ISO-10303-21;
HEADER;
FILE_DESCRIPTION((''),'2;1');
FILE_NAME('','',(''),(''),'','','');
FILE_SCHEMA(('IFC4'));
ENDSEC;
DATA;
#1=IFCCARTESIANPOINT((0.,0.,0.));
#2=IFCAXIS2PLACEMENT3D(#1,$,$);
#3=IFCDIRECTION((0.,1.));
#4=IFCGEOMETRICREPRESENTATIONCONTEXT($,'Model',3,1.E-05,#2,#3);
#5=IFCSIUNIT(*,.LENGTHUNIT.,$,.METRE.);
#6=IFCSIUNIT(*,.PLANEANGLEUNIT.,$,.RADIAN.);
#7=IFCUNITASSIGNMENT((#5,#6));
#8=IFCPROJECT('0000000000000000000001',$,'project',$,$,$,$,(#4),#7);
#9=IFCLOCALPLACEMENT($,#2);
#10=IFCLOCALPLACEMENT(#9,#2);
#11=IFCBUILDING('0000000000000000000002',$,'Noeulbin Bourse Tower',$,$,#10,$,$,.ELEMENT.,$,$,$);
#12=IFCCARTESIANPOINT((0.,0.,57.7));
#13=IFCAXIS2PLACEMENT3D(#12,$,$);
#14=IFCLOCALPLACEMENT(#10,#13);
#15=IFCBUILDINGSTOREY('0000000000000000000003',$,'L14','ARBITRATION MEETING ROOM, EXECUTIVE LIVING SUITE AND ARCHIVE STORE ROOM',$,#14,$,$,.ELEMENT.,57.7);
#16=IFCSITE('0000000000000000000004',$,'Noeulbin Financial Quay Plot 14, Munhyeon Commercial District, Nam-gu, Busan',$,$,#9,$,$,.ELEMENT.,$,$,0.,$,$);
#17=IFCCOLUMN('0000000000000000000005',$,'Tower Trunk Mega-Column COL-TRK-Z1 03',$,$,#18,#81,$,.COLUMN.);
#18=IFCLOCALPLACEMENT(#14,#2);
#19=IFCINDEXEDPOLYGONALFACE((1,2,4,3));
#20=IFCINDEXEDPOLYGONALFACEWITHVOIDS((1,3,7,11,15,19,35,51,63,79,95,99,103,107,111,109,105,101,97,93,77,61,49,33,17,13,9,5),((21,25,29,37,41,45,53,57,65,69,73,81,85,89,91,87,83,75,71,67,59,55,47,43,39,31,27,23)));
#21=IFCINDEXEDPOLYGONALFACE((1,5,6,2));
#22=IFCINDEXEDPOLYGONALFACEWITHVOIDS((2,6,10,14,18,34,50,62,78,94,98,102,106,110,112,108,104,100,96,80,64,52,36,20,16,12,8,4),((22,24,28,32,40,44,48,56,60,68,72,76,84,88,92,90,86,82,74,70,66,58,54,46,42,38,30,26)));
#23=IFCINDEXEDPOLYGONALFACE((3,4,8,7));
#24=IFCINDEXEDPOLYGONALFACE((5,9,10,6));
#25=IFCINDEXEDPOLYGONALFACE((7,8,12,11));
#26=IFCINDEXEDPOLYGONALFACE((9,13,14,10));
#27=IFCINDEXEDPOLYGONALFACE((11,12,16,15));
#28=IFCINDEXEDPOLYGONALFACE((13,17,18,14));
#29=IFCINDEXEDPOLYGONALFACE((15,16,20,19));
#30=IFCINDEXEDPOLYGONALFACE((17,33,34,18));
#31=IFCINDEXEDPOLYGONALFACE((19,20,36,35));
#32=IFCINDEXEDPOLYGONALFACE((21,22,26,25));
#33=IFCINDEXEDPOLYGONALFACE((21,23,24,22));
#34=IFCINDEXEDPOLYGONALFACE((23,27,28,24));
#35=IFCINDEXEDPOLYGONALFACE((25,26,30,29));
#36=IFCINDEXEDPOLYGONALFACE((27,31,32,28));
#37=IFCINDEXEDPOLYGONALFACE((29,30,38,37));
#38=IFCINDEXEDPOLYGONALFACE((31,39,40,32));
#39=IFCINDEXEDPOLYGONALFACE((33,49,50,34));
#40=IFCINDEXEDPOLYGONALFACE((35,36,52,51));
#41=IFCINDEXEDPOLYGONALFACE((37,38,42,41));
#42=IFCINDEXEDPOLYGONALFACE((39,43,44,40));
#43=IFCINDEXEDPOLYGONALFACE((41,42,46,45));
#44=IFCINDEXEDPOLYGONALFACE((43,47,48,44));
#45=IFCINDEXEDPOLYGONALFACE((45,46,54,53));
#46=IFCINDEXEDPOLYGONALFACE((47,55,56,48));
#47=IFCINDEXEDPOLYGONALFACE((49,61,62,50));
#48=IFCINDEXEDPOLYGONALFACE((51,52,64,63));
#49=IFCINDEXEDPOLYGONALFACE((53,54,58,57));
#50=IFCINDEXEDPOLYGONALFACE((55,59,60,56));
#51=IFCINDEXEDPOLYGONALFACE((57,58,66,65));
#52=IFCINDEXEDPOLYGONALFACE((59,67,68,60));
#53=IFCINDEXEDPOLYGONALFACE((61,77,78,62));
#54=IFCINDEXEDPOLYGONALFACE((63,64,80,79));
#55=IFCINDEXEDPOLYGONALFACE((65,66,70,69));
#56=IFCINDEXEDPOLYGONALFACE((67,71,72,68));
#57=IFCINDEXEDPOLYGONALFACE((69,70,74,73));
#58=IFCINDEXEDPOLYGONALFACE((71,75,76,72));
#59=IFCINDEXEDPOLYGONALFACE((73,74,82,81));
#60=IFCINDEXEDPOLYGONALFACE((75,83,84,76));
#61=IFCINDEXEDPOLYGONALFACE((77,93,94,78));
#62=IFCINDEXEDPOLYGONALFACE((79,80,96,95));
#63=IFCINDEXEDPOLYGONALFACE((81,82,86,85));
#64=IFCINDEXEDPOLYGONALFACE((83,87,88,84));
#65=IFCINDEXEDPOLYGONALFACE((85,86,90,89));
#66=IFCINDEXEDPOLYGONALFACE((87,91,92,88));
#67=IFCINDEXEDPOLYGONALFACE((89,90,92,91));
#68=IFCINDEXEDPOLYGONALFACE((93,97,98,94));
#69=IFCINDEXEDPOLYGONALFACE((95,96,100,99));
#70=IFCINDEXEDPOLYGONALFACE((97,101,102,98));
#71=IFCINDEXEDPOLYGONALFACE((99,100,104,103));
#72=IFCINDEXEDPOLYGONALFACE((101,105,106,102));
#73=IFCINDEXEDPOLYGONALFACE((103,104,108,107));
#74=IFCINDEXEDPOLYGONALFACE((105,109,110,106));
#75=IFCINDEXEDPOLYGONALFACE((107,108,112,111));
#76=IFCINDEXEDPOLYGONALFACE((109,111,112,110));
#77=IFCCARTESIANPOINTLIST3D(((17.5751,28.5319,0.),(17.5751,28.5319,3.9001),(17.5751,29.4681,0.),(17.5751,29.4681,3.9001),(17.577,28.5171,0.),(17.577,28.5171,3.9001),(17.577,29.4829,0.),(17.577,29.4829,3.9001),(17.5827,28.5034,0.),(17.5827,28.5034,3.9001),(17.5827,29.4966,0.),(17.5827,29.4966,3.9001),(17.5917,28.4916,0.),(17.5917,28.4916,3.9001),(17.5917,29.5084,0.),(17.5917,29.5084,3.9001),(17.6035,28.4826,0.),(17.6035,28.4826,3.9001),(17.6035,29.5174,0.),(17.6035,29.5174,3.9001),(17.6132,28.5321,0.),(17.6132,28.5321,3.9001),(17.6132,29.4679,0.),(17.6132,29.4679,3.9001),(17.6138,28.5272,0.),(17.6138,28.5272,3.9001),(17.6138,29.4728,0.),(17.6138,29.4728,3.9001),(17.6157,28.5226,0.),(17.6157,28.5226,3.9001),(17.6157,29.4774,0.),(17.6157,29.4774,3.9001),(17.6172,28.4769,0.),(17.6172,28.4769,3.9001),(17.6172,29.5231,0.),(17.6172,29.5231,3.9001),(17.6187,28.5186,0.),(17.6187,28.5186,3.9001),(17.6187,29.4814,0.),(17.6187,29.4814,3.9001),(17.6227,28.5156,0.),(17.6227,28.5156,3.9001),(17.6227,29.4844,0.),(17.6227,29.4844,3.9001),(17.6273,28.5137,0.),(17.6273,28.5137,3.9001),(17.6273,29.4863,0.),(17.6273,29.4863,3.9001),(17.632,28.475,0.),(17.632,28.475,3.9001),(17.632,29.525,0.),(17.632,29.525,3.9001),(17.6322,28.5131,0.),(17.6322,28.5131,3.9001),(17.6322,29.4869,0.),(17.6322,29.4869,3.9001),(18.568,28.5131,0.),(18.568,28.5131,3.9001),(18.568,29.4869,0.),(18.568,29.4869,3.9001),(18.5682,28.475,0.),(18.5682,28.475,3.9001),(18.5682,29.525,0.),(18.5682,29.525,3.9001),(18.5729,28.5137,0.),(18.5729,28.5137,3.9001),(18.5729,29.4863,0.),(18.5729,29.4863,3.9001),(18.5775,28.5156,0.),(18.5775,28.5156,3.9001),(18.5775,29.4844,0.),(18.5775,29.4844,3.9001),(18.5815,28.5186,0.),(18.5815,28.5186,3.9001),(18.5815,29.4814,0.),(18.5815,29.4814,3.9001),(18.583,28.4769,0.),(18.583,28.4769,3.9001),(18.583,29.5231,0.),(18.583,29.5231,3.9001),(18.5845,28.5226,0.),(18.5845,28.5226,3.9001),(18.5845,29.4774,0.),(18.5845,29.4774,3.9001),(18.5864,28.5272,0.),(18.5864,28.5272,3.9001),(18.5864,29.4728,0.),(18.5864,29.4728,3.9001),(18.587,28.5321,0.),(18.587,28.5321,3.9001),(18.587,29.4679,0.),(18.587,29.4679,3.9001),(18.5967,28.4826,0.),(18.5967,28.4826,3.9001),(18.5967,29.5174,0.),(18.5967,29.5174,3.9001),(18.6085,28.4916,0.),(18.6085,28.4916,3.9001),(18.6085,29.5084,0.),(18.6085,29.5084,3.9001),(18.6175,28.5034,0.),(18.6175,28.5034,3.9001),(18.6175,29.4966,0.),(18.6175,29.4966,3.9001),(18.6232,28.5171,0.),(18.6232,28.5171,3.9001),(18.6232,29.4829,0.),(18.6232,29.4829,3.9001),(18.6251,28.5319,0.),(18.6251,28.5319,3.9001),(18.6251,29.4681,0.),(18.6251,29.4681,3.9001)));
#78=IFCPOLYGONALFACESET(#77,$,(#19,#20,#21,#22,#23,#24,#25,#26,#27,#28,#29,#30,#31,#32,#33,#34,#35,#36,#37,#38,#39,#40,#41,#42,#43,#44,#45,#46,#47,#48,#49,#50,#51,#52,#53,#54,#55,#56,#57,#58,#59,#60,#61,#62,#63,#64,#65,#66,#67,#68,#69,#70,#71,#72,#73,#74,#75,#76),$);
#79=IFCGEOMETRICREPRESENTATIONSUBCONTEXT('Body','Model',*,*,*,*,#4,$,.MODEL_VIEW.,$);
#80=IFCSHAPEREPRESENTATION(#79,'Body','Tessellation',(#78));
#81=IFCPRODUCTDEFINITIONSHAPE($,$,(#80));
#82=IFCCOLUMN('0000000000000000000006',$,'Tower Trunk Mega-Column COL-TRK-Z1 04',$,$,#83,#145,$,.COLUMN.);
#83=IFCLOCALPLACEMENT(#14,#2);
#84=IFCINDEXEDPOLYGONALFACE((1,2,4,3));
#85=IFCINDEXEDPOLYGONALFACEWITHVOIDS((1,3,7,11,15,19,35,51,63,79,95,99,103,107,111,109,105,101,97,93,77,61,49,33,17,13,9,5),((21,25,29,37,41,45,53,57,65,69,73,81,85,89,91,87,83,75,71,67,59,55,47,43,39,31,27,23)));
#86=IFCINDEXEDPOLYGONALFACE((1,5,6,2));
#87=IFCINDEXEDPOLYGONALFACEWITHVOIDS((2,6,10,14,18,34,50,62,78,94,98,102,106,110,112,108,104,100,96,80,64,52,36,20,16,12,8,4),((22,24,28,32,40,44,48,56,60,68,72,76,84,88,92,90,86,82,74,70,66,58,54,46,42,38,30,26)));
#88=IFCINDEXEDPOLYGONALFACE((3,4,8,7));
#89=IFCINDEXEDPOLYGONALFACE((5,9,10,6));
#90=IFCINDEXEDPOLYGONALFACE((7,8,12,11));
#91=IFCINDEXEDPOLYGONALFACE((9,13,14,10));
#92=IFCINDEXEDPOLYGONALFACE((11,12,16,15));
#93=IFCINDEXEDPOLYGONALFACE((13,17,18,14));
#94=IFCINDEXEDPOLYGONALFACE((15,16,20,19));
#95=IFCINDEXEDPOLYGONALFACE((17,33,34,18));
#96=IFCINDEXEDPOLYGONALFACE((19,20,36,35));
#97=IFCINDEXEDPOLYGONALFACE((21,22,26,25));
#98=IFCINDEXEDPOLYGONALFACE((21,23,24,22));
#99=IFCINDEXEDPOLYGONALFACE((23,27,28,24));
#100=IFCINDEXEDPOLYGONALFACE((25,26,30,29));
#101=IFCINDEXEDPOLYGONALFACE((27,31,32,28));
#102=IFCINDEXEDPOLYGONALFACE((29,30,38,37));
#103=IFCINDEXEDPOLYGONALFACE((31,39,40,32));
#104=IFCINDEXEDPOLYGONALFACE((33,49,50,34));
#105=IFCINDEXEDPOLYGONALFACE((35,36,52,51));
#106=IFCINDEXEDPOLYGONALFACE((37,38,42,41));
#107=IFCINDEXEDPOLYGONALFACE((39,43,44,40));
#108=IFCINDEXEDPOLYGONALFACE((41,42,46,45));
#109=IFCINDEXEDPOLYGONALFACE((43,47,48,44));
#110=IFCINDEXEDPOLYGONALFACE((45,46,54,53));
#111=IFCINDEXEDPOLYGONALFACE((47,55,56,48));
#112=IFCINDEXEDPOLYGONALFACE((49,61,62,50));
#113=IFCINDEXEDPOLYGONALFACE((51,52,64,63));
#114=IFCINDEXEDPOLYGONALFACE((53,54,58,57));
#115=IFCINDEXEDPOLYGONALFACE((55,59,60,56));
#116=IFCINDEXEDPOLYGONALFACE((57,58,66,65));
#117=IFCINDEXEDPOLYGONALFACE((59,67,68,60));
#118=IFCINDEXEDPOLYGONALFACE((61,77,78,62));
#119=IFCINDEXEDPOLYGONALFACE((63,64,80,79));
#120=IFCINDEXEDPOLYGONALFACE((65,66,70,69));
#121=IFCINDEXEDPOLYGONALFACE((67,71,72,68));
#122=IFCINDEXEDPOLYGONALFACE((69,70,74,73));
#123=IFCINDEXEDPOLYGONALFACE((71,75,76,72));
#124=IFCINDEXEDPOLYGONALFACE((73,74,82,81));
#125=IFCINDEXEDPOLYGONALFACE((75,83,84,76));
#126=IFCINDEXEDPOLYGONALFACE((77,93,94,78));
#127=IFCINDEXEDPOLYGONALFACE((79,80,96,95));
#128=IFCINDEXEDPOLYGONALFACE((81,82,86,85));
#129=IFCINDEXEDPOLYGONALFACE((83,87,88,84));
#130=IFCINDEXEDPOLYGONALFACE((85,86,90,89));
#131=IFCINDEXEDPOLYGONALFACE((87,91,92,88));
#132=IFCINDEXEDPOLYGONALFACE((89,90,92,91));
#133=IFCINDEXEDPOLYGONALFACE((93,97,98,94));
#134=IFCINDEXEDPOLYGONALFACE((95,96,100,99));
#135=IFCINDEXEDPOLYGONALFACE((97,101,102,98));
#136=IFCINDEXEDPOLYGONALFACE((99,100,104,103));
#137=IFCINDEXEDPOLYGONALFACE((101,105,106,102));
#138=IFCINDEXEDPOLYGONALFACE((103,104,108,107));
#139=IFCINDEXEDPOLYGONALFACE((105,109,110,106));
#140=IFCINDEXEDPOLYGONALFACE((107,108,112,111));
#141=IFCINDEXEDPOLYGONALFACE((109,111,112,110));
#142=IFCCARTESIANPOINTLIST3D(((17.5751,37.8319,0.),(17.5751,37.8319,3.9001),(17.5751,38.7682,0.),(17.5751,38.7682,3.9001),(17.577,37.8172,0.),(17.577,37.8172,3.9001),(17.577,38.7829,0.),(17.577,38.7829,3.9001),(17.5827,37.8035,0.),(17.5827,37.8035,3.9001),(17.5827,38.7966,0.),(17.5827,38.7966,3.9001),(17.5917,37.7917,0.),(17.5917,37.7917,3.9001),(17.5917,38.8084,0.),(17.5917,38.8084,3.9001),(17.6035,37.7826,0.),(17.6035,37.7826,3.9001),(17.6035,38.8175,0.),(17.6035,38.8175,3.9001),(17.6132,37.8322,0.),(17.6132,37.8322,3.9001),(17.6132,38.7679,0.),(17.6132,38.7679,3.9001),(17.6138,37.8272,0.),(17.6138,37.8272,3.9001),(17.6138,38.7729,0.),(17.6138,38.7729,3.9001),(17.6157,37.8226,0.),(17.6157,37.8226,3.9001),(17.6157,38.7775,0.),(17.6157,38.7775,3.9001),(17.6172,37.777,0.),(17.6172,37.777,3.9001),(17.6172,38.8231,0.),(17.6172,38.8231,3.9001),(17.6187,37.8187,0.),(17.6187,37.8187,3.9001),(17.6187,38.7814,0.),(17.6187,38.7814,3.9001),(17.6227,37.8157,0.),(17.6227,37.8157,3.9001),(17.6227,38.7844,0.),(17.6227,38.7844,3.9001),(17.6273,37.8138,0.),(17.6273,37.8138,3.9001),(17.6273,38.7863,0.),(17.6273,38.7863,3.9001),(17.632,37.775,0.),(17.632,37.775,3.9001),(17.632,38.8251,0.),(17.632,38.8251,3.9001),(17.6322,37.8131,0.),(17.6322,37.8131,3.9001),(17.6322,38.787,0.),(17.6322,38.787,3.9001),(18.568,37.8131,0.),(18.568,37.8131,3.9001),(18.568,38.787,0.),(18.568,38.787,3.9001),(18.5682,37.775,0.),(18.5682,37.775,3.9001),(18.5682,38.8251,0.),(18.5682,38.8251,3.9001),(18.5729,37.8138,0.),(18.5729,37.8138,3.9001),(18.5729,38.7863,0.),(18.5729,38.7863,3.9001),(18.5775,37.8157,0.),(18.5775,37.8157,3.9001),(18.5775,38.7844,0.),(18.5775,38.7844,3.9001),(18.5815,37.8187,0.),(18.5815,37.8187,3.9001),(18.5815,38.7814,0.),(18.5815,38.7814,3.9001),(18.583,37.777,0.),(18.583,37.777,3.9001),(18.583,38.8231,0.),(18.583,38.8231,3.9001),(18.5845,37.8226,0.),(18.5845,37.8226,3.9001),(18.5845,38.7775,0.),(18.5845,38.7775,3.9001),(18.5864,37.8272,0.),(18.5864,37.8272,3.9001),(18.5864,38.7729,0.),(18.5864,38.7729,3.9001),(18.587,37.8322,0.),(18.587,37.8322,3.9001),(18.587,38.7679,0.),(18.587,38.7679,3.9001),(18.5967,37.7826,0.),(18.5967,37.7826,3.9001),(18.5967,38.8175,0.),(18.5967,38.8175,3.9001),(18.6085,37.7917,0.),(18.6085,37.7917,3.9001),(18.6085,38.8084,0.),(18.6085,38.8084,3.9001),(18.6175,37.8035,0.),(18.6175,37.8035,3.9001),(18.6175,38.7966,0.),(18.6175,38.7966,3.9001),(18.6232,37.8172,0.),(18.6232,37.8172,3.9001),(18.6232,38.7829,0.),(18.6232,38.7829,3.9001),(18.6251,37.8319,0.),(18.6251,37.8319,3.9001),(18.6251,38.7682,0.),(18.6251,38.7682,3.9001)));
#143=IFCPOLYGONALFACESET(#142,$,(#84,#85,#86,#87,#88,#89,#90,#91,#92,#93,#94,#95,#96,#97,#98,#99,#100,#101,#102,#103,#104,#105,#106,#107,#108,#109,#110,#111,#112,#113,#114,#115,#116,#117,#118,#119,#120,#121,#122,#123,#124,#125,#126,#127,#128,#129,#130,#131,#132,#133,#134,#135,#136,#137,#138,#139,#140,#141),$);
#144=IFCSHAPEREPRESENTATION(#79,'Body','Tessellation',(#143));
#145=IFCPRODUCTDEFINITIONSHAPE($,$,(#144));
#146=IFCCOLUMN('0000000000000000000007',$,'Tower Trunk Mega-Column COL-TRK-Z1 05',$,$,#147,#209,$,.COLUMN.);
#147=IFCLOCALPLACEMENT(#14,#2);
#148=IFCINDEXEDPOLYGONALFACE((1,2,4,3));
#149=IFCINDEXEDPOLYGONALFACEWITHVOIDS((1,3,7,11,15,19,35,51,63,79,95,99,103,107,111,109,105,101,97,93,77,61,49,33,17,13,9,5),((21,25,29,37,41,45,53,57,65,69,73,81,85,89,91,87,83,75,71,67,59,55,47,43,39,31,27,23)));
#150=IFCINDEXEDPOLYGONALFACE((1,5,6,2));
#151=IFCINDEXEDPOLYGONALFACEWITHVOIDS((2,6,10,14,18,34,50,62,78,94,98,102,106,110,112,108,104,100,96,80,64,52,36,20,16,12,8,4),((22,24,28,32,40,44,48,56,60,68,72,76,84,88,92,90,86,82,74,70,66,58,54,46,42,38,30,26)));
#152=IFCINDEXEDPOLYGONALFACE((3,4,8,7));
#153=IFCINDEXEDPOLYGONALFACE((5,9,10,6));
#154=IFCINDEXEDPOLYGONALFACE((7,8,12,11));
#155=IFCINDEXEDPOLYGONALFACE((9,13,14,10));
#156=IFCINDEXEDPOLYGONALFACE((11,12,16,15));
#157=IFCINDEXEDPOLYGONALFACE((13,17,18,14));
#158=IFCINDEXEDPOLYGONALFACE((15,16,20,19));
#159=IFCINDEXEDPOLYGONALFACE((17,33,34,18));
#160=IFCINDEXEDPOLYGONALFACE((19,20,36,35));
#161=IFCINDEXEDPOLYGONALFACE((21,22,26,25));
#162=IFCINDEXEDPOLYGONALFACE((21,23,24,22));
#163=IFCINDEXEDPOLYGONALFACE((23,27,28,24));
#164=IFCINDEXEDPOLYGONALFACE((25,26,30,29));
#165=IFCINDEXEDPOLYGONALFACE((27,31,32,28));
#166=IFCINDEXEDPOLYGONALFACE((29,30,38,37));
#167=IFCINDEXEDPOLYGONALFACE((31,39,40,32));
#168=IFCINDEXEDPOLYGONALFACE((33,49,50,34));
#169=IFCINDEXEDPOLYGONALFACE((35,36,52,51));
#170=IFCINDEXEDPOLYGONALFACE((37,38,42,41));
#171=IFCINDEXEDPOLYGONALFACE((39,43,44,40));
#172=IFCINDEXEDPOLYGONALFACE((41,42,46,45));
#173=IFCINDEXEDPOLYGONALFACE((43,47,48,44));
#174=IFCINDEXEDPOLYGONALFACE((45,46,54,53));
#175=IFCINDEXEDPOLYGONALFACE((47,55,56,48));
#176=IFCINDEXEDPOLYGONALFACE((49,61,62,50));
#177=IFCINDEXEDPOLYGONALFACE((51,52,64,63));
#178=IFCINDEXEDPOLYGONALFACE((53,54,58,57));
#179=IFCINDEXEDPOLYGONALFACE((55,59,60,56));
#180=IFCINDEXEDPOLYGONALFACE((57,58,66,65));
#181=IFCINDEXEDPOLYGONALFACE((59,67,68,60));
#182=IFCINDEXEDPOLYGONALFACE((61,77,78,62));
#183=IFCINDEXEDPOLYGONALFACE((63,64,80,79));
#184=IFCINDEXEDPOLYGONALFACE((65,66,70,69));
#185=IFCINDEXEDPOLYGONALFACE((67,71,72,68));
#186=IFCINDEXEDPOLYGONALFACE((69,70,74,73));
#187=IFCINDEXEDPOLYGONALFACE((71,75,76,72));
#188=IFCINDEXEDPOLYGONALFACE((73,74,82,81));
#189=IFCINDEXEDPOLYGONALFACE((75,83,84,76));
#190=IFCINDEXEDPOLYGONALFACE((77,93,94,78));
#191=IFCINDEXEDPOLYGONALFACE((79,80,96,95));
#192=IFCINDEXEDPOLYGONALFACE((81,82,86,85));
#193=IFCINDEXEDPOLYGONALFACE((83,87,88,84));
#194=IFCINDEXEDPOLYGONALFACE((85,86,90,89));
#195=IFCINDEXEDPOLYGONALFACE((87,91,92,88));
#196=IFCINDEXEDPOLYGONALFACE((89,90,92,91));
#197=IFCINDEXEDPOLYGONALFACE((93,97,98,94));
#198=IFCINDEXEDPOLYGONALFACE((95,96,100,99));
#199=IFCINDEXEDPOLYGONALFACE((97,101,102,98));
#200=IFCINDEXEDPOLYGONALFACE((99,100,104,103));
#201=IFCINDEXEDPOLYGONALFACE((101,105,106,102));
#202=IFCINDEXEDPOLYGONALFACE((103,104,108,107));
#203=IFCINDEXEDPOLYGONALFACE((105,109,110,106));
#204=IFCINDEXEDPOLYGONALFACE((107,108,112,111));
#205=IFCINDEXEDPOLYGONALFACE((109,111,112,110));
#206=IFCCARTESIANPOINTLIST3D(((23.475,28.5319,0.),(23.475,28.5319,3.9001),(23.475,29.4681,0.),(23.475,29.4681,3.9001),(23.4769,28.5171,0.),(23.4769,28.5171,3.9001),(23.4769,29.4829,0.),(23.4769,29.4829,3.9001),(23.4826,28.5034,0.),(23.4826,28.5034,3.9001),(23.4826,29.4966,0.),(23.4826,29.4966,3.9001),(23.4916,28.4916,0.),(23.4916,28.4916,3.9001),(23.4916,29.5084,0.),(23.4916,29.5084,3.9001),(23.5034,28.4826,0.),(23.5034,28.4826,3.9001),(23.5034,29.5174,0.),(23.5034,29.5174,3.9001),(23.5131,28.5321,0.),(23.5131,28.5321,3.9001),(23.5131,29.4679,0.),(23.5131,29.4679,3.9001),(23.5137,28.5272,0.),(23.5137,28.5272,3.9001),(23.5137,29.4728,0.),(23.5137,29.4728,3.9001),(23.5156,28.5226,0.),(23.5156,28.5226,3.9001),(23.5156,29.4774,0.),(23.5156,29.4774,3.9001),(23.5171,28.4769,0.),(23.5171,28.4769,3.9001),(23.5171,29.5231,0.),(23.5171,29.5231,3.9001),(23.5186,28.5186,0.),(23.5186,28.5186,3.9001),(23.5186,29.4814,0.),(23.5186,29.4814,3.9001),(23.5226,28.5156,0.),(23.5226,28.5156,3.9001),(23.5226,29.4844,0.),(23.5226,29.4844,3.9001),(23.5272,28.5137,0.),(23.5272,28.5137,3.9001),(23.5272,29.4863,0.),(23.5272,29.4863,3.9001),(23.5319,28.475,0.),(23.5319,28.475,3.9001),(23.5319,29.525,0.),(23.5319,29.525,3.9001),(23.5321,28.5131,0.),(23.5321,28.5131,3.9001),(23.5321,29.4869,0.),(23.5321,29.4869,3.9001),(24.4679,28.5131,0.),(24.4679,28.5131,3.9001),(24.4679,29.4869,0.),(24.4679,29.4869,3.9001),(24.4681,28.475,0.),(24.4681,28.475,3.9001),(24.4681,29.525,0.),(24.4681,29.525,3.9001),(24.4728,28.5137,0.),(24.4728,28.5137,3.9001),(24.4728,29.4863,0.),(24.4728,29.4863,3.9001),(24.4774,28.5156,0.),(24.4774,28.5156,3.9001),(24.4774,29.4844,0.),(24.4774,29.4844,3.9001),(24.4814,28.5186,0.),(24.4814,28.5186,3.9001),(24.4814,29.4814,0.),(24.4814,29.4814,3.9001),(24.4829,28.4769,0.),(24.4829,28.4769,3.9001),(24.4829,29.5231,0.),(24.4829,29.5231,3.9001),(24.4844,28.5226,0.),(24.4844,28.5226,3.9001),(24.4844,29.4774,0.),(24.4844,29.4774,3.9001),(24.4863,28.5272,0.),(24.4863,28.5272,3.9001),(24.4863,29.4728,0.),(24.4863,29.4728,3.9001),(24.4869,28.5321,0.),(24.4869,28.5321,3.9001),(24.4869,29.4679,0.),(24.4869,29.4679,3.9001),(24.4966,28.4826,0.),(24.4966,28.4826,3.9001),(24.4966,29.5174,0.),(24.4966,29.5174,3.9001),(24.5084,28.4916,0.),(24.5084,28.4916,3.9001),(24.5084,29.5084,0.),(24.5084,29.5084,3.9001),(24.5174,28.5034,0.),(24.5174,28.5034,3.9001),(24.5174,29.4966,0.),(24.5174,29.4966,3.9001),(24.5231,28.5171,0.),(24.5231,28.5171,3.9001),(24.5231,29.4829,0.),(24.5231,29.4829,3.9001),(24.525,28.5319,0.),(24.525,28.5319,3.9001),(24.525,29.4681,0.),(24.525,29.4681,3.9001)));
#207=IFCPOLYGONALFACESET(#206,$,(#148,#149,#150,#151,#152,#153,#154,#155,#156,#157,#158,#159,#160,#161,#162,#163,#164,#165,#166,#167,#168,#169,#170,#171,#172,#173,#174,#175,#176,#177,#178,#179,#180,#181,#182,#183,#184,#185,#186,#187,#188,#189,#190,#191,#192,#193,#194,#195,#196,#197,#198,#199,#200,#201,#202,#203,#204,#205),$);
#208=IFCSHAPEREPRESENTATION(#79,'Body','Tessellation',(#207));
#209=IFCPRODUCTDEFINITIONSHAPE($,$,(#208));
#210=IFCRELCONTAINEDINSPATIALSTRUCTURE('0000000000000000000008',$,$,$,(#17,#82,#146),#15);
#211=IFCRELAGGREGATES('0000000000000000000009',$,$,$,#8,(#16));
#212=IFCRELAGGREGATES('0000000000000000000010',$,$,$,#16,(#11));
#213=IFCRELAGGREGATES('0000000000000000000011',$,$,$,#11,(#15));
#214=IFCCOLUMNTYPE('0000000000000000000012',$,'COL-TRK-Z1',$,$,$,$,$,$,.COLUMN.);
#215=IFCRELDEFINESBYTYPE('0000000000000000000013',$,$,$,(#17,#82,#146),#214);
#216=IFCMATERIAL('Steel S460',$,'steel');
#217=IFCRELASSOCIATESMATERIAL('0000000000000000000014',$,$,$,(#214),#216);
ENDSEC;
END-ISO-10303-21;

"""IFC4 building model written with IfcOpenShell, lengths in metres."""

from ifc_helpers import new_model, si_unit, direction, frame, origin, origin_2d, place, context, subcontext, project, spatial, hollow_rectangle, extrude, material, material_profile, profile_set, type_object, element, save


model = new_model("IFC4")

# Units and contexts
model_context = context("Model", 3, precision=1e-05, world=origin(), true_north=direction((0.0, 1.0)))
body_context = subcontext(model_context, "Body", "Model", "MODEL_VIEW")
ifc_project = project(units=[si_unit("LENGTHUNIT", "METRE"), si_unit("PLANEANGLEUNIT", "RADIAN")], contexts=[model_context])

# Site, building, storey
site_placement = place(None, origin())
site = spatial("IfcSite", under=ifc_project, at=site_placement, Name="Noeulbin Financial Quay Plot 14, Munhyeon Commercial District, Nam-gu, Busan", CompositionType="ELEMENT", RefElevation=0.0)
building_placement = place(site_placement, origin())
building = spatial("IfcBuilding", under=site, at=building_placement, Name="Noeulbin Bourse Tower", CompositionType="ELEMENT")
storey_placement = place(building_placement, frame((0.0, 0.0, 57.7)))
storey = spatial("IfcBuildingStorey", under=building, at=storey_placement, Name="L14", Description="ARBITRATION MEETING ROOM, EXECUTIVE LIVING SUITE AND ARCHIVE STORE ROOM", CompositionType="ELEMENT", Elevation=57.7)

# Columns
ifc_material_1 = material(Name="Steel S460", Category="steel")
ifc_material_profile = material_profile(ifc_material_1, hollow_rectangle(XDim=1.05, YDim=1.05, WallThickness=0.0381, InnerFilletRadius=0.019, OuterFilletRadius=0.0569, at=origin_2d()), Name="BOX-1050x1050x38", Category="LoadBearing")
ifc_profile_set = profile_set([ifc_material_profile], Name="Steel S460")
column_type = type_object("IfcColumnType", Name="COL-TRK-Z1", PredefinedType="COLUMN", material=ifc_profile_set)
for number, where, z_axis, x_axis, name in (
    (1, (18.1001, 29.0, 0.0), (0.0, 0.0, 1.0), (1.0, 0.0, 0.0), "Tower Trunk Mega-Column COL-TRK-Z1 03"),
    (2, (18.1001, 38.3, 0.0), (0.0, 0.0, 1.0), (1.0, 0.0, 0.0), "Tower Trunk Mega-Column COL-TRK-Z1 04"),
    (3, (24.0, 29.0, 0.0), (0.0, 0.0, 1.0), (1.0, 0.0, 0.0), "Tower Trunk Mega-Column COL-TRK-Z1 05"),
):
    element("IfcColumn", number, at=place(storey_placement, frame(where, z_axis=z_axis, x_axis=x_axis)), inside=storey, type_object=column_type, Name=name, PredefinedType="COLUMN", context=body_context, shape_type="SweptSolid", body=[
        extrude(hollow_rectangle(XDim=1.05, YDim=1.05, WallThickness=0.0381, InnerFilletRadius=0.019, OuterFilletRadius=0.0569, at=origin_2d()), origin(), (0.0, 0.0, 1.0), 3.9001),
    ])

save(model, "model.ifc")
